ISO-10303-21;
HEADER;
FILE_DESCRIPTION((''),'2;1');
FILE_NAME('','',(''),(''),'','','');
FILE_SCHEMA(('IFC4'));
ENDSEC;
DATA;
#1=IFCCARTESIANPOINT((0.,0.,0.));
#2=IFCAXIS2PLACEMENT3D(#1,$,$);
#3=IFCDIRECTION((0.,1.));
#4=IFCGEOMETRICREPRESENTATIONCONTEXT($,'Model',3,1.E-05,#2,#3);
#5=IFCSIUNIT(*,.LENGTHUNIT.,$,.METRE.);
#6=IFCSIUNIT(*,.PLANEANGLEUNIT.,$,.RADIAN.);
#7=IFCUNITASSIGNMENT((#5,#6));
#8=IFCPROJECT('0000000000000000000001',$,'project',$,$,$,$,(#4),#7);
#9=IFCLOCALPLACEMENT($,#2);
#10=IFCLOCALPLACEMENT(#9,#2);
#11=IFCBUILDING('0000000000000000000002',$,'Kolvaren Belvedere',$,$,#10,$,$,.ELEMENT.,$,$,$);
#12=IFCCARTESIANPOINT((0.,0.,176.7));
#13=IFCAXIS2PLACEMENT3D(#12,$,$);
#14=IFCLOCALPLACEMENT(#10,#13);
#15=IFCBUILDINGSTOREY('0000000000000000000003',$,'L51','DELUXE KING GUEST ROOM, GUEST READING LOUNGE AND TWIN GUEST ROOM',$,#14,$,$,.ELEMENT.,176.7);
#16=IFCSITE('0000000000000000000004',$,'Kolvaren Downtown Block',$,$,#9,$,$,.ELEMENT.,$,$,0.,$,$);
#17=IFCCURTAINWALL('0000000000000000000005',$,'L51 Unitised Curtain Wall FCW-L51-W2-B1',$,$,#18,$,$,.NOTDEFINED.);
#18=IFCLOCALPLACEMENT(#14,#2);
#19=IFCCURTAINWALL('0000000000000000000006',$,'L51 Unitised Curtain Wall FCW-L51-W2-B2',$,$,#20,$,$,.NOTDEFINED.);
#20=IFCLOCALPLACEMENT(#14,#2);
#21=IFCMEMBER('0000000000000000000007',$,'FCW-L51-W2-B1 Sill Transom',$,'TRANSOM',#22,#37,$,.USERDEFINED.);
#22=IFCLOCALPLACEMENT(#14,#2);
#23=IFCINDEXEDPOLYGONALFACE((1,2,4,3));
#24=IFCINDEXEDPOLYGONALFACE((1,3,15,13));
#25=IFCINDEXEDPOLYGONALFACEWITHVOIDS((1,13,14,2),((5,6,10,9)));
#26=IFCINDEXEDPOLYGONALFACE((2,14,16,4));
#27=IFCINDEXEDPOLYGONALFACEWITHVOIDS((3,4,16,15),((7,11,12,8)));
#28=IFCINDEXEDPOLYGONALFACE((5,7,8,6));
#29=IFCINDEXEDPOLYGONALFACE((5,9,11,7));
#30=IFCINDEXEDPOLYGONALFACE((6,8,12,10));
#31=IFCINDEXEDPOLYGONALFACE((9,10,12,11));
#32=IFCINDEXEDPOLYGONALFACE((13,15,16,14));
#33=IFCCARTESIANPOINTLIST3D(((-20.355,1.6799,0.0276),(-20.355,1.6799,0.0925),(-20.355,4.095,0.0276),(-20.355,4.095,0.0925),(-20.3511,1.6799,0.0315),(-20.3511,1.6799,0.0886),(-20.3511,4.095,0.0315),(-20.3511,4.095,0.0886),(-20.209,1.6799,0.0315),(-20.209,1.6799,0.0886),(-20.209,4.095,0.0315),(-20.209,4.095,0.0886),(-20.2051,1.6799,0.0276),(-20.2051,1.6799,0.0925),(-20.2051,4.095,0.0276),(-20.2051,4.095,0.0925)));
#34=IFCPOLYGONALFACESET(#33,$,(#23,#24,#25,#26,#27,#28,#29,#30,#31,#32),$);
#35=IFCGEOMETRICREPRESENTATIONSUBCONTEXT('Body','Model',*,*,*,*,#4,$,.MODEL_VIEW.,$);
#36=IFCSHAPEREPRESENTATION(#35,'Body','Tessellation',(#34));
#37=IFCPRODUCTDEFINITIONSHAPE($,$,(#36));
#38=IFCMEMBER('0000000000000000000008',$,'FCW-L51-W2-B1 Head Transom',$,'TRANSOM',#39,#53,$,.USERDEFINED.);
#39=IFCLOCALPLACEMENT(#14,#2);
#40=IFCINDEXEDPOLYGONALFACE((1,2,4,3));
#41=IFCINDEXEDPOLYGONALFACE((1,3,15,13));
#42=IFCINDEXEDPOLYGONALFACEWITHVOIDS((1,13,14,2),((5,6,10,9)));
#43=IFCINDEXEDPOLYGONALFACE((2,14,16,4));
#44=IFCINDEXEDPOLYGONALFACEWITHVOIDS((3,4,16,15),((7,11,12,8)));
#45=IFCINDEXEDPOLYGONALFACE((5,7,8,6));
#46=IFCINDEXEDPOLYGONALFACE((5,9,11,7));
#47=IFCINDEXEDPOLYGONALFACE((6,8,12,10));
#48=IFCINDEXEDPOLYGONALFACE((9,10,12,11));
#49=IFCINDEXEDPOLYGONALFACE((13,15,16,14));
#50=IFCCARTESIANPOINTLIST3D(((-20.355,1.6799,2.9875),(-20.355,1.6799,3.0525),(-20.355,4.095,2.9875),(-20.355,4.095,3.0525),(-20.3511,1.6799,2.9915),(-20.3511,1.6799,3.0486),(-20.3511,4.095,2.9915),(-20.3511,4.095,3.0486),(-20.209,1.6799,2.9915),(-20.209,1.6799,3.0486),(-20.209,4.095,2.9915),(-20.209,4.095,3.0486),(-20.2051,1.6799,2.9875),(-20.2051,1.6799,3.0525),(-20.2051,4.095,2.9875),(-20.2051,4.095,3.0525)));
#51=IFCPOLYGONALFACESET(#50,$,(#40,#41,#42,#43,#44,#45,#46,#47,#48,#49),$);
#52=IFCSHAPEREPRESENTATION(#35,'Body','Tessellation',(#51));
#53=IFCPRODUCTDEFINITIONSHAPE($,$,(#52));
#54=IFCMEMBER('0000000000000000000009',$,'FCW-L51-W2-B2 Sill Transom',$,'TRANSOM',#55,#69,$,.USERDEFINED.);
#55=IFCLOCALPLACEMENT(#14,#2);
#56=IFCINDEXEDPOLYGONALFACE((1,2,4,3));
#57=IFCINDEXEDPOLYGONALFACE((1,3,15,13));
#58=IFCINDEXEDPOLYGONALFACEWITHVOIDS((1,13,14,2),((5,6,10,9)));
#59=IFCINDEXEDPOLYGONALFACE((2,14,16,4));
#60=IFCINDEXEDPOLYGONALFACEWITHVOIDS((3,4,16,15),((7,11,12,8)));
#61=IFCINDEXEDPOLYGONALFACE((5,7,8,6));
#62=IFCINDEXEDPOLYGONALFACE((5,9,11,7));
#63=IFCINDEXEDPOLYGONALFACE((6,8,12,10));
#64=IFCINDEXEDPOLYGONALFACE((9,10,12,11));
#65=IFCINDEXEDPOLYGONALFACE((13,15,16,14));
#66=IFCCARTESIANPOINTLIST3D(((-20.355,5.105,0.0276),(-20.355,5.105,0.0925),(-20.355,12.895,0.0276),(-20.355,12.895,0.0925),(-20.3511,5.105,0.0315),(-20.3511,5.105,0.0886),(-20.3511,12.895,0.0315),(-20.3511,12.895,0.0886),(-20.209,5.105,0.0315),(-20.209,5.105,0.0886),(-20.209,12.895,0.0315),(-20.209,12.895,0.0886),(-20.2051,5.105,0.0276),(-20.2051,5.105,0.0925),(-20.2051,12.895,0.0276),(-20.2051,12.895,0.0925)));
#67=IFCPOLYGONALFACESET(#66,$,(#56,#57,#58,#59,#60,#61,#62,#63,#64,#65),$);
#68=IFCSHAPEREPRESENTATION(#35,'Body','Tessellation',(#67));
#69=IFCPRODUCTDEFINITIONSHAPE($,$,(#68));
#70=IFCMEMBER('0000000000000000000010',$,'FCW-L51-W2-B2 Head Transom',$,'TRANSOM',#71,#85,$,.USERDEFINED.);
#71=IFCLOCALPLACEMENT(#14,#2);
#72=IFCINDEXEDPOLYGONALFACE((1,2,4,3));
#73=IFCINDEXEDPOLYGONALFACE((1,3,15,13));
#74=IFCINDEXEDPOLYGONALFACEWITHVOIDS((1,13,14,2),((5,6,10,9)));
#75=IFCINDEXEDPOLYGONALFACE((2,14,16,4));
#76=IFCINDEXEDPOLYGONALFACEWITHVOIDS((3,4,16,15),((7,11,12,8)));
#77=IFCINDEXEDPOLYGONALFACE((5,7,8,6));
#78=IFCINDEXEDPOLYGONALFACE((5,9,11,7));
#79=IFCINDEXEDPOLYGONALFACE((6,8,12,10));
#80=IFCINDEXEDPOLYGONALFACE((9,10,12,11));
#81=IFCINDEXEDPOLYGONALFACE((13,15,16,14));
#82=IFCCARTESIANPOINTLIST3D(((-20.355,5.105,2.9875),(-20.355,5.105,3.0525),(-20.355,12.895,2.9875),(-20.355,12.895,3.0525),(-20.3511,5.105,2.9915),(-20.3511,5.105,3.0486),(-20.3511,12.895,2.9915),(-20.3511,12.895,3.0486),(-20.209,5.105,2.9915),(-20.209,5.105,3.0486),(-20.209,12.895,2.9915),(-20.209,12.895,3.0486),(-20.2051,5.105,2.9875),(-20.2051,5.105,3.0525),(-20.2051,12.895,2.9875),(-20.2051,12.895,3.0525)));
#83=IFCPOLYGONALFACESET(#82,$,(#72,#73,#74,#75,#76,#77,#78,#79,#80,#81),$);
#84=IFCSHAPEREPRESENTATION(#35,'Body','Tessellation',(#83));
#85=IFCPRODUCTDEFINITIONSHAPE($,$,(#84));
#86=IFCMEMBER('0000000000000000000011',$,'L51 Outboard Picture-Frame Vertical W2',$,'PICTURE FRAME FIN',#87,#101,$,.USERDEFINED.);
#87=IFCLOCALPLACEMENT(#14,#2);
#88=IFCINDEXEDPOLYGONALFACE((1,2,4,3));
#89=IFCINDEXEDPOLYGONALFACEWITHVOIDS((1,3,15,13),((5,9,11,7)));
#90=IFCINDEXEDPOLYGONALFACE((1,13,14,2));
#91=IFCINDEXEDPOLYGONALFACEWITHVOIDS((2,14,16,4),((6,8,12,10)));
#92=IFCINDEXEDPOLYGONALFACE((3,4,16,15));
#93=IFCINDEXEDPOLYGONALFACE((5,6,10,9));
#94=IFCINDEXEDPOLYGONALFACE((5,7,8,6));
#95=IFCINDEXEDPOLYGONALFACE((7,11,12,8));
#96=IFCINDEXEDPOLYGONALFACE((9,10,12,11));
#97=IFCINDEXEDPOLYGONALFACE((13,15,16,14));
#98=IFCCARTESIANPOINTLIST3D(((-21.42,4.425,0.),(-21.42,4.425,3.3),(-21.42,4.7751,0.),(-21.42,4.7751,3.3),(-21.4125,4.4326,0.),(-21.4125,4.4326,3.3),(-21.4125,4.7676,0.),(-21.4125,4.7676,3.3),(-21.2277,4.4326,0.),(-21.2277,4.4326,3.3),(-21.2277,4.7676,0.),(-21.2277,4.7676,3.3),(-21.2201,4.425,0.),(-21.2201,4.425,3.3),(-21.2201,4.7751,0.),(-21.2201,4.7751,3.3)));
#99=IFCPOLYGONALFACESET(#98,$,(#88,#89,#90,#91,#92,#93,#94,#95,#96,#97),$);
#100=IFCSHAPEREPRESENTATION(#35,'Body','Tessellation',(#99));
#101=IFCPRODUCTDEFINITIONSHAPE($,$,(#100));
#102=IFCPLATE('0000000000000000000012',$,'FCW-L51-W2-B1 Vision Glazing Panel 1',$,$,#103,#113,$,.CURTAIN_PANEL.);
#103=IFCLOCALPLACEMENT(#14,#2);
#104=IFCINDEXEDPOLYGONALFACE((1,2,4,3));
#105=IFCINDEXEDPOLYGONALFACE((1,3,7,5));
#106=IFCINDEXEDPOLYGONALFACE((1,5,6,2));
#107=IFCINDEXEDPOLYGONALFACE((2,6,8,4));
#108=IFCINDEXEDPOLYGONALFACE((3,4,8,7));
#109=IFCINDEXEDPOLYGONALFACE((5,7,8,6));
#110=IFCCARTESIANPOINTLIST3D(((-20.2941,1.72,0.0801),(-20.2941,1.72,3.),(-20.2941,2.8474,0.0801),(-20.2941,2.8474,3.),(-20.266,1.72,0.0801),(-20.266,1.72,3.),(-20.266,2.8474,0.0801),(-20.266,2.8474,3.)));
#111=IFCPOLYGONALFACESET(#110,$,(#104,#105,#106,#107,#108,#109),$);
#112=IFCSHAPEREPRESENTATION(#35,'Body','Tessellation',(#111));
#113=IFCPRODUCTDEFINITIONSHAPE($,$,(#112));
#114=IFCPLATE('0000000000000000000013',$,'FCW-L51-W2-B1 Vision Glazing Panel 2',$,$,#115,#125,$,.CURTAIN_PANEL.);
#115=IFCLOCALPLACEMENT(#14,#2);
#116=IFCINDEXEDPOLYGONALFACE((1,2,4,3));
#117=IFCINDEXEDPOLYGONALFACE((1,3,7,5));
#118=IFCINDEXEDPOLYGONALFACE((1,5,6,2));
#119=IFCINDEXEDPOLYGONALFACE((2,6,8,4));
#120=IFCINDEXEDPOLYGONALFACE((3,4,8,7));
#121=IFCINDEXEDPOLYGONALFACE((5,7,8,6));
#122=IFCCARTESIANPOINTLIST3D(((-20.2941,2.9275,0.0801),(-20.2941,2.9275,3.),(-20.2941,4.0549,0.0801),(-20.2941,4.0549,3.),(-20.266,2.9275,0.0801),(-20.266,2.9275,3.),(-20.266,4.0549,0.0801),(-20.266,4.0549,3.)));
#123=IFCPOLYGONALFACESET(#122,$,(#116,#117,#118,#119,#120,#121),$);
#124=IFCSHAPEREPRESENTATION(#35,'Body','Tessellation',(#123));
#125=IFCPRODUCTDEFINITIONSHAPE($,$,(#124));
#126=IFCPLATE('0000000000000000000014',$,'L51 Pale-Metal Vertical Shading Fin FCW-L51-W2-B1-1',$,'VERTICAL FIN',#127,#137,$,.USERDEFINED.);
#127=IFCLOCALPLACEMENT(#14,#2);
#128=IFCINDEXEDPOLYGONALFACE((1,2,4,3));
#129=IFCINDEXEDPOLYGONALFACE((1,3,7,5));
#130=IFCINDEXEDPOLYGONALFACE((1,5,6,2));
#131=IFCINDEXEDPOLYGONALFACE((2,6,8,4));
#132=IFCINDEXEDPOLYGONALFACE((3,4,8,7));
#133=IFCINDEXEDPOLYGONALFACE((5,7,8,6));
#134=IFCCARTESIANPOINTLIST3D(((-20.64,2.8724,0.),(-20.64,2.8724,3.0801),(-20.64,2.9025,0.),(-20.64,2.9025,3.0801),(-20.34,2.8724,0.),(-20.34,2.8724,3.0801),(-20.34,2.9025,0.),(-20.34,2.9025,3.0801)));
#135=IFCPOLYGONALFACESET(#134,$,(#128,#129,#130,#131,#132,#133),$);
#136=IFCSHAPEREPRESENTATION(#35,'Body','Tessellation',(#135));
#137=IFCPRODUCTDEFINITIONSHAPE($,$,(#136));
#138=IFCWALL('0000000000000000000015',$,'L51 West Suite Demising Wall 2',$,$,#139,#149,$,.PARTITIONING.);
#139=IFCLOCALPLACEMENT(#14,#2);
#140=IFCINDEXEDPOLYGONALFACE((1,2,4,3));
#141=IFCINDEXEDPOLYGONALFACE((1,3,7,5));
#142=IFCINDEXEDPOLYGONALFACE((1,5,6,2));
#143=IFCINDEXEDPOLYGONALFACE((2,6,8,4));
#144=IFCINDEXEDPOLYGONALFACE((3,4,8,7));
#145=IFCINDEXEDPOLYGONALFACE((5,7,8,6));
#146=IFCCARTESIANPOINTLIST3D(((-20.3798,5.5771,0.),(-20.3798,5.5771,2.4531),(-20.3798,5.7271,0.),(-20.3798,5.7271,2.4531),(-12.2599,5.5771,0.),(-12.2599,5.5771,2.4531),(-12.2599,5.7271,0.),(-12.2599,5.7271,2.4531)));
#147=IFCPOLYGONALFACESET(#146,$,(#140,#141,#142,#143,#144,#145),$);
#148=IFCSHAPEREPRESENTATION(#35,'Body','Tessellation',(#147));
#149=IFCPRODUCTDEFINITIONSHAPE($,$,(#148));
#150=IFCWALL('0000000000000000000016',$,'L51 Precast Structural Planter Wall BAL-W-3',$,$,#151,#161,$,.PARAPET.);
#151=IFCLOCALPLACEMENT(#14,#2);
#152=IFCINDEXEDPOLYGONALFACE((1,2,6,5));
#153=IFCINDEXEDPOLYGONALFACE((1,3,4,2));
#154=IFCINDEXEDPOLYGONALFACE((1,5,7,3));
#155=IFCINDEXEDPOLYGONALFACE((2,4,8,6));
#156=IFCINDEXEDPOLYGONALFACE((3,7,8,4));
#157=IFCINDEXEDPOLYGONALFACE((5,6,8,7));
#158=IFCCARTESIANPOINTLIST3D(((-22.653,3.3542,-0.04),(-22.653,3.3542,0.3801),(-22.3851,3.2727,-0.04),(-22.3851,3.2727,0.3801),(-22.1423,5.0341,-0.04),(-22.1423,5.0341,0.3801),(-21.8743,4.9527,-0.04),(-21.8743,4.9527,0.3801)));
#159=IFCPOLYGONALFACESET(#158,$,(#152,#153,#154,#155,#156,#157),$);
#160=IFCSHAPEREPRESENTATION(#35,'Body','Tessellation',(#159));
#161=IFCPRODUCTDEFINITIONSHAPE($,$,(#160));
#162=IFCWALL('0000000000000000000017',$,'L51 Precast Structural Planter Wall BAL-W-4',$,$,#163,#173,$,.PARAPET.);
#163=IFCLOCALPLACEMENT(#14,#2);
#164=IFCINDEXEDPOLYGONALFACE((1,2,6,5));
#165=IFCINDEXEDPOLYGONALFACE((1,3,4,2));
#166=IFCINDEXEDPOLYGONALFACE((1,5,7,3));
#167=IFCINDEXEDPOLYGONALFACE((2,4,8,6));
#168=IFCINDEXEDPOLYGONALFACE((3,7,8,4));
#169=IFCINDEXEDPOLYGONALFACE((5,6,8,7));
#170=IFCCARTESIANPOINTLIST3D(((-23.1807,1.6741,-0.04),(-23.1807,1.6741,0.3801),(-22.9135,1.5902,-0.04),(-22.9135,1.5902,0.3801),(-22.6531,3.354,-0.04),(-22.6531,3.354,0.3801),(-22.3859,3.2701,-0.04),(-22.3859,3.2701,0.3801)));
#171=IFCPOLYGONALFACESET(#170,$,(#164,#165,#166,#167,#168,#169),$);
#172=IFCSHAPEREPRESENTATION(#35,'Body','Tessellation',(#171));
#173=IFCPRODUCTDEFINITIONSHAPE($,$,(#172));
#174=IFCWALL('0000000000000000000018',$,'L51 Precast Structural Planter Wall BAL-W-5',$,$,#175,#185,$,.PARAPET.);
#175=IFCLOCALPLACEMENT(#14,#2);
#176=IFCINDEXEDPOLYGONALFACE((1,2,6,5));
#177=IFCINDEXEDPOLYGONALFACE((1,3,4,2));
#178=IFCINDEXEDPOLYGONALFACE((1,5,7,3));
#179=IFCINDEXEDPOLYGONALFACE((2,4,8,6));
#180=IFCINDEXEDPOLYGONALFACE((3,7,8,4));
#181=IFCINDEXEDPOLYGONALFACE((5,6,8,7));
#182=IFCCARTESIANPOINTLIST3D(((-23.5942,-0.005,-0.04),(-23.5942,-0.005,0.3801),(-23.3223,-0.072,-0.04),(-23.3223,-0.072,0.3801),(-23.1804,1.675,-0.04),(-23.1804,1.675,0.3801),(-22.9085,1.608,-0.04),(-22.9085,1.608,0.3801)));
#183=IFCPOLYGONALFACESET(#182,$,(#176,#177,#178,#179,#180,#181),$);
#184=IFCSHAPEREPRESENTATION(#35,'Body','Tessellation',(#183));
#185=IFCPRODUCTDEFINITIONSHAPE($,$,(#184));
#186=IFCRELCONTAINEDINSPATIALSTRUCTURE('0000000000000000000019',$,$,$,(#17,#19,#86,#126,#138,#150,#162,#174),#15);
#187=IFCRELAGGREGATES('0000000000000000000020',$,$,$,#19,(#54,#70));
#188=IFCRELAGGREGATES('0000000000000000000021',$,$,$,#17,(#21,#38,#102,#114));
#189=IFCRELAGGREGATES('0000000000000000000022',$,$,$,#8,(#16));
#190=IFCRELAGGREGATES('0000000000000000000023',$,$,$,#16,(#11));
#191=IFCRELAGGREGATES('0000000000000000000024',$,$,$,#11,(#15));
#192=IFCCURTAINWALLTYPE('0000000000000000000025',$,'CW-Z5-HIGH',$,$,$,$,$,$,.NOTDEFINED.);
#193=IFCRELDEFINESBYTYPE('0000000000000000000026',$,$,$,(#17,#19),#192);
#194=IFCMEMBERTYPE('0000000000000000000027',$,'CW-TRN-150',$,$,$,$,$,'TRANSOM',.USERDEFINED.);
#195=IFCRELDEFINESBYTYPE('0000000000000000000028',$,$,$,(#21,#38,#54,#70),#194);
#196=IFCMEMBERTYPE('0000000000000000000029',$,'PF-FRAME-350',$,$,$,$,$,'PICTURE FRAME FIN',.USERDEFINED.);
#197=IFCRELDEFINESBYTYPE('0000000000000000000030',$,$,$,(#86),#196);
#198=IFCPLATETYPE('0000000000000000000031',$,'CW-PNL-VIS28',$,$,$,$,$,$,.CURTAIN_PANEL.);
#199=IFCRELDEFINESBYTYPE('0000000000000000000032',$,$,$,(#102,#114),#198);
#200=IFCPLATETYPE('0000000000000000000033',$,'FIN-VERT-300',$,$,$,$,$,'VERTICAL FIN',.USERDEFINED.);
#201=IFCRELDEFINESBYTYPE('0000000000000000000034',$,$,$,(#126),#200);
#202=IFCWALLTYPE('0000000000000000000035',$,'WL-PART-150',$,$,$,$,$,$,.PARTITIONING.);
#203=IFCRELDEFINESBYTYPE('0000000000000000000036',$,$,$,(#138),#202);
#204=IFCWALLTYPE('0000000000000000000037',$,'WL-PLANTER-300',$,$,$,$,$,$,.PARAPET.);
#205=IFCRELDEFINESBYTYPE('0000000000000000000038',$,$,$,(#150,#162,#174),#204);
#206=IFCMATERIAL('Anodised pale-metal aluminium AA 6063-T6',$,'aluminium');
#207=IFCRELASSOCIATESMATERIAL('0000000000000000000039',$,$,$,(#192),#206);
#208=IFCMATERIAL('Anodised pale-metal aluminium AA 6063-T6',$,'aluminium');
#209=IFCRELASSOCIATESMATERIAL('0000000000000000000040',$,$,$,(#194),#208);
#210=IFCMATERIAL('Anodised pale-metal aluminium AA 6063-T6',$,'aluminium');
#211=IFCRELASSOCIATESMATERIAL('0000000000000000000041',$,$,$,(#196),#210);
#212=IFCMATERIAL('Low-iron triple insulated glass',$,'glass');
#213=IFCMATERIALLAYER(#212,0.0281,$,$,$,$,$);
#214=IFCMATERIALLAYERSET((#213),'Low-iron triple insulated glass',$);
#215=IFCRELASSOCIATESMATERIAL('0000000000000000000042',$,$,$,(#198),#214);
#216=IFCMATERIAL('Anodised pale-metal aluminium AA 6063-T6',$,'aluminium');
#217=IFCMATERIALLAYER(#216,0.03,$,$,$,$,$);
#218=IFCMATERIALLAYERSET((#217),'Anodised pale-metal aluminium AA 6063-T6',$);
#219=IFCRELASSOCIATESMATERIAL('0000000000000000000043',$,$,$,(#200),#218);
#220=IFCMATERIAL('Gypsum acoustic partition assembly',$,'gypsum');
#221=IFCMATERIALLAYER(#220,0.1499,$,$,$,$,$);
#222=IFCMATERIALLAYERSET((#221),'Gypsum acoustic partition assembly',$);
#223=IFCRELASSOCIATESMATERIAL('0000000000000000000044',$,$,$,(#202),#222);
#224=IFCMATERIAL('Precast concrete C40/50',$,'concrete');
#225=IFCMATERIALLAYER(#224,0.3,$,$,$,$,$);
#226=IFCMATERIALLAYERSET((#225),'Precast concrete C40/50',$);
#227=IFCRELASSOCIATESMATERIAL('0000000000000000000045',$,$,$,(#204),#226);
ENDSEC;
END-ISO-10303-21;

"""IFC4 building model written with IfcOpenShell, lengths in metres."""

from ifc_helpers import new_model, si_unit, direction, frame, frame_2d, origin, origin_2d, place, context, subcontext, project, spatial, rectangle, hollow_rectangle, extrude, material, layer, layer_set, material_profile, profile_set, type_object, element, aggregate, save


model = new_model("IFC4")

# Units and contexts
model_context = context("Model", 3, precision=1e-05, world=origin(), true_north=direction((0.0, 1.0)))
body_context = subcontext(model_context, "Body", "Model", "MODEL_VIEW")
ifc_project = project(units=[si_unit("LENGTHUNIT", "METRE"), si_unit("PLANEANGLEUNIT", "RADIAN")], contexts=[model_context])

# Site, building, storey
site_placement = place(None, origin())
site = spatial("IfcSite", under=ifc_project, at=site_placement, Name="Kolvaren Downtown Block", CompositionType="ELEMENT", RefElevation=0.0)
building_placement = place(site_placement, origin())
building = spatial("IfcBuilding", under=site, at=building_placement, Name="Kolvaren Belvedere", CompositionType="ELEMENT")
storey_placement = place(building_placement, frame((0.0, 0.0, 176.7)))
storey = spatial("IfcBuildingStorey", under=building, at=storey_placement, Name="L51", Description="DELUXE KING GUEST ROOM, GUEST READING LOUNGE AND TWIN GUEST ROOM", CompositionType="ELEMENT", Elevation=176.7)

# Curtain wall
ifc_material_1 = material(Name="Anodised pale-metal aluminium AA 6063-T6", Category="aluminium")
curtain_wall_type = type_object("IfcCurtainWallType", Name="CW-Z5-HIGH", PredefinedType="NOTDEFINED", material=ifc_material_1)
curtain_wall_1_placement = place(storey_placement, origin())
curtain_wall_1 = element("IfcCurtainWall", 1, at=curtain_wall_1_placement, inside=storey, type_object=curtain_wall_type, Name="L51 Unitised Curtain Wall FCW-L51-W2-B1", PredefinedType="NOTDEFINED")

# Curtain wall
curtain_wall_2_placement = place(storey_placement, origin())
curtain_wall_2 = element("IfcCurtainWall", 2, at=curtain_wall_2_placement, inside=storey, type_object=curtain_wall_type, Name="L51 Unitised Curtain Wall FCW-L51-W2-B2", PredefinedType="NOTDEFINED")

# Members
ifc_material_2 = material(Name="Anodised pale-metal aluminium AA 6063-T6", Category="aluminium")
ifc_material_profile_1 = material_profile(ifc_material_2, hollow_rectangle(XDim=0.0649, YDim=0.1499, WallThickness=0.0039, at=origin_2d()), Name="ALU-TRN-150X65")
ifc_profile_set_1 = profile_set([ifc_material_profile_1], Name="Anodised pale-metal aluminium AA 6063-T6")
member_type_1 = type_object("IfcMemberType", Name="CW-TRN-150", ElementType="TRANSOM", PredefinedType="USERDEFINED", material=ifc_profile_set_1)
member_1_placement = place(storey_placement, frame((-20.28, 1.6799, 0.0601), z_axis=(0.0, 1.0, 0.0), x_axis=(0.0, 0.0, 1.0)))
member_1 = element("IfcMember", 3, at=member_1_placement, type_object=member_type_1, Name="FCW-L51-W2-B1 Sill Transom", ObjectType="TRANSOM", PredefinedType="USERDEFINED", context=body_context, shape_type="SweptSolid", body=[
    extrude(hollow_rectangle(XDim=0.0649, YDim=0.1499, WallThickness=0.0039, at=origin_2d()), origin(), (0.0, 0.0, 1.0), 2.415),
])
member_2_placement = place(storey_placement, frame((-20.28, 1.6799, 3.02), z_axis=(0.0, 1.0, 0.0), x_axis=(0.0, 0.0, 1.0)))
member_2 = element("IfcMember", 4, at=member_2_placement, type_object=member_type_1, Name="FCW-L51-W2-B1 Head Transom", ObjectType="TRANSOM", PredefinedType="USERDEFINED", context=body_context, shape_type="SweptSolid", body=[
    extrude(hollow_rectangle(XDim=0.0649, YDim=0.1499, WallThickness=0.0039, at=origin_2d()), origin(), (0.0, 0.0, 1.0), 2.415),
])
member_3_placement = place(storey_placement, frame((-20.28, 5.105, 0.0601), z_axis=(0.0, 1.0, 0.0), x_axis=(0.0, 0.0, 1.0)))
member_3 = element("IfcMember", 5, at=member_3_placement, type_object=member_type_1, Name="FCW-L51-W2-B2 Sill Transom", ObjectType="TRANSOM", PredefinedType="USERDEFINED", context=body_context, shape_type="SweptSolid", body=[
    extrude(hollow_rectangle(XDim=0.0649, YDim=0.1499, WallThickness=0.0039, at=origin_2d()), origin(), (0.0, 0.0, 1.0), 7.79),
])
member_4_placement = place(storey_placement, frame((-20.28, 5.105, 3.02), z_axis=(0.0, 1.0, 0.0), x_axis=(0.0, 0.0, 1.0)))
member_4 = element("IfcMember", 6, at=member_4_placement, type_object=member_type_1, Name="FCW-L51-W2-B2 Head Transom", ObjectType="TRANSOM", PredefinedType="USERDEFINED", context=body_context, shape_type="SweptSolid", body=[
    extrude(hollow_rectangle(XDim=0.0649, YDim=0.1499, WallThickness=0.0039, at=origin_2d()), origin(), (0.0, 0.0, 1.0), 7.79),
])
aggregate(curtain_wall_2, [member_3, member_4])
ifc_material_3 = material(Name="Anodised pale-metal aluminium AA 6063-T6", Category="aluminium")
ifc_material_profile_2 = material_profile(ifc_material_3, hollow_rectangle(XDim=0.2, YDim=0.3501, WallThickness=0.0076, at=origin_2d()), Name="ALU-PF-350X200")
ifc_profile_set_2 = profile_set([ifc_material_profile_2], Name="Anodised pale-metal aluminium AA 6063-T6")
member_type_2 = type_object("IfcMemberType", Name="PF-FRAME-350", ElementType="PICTURE FRAME FIN", PredefinedType="USERDEFINED", material=ifc_profile_set_2)
member_5_placement = place(storey_placement, frame((-21.3201, 4.6001, 0.0), z_axis=(0.0, 0.0, 1.0), x_axis=(1.0, 0.0, 0.0)))
element("IfcMember", 7, at=member_5_placement, inside=storey, type_object=member_type_2, Name="L51 Outboard Picture-Frame Vertical W2", ObjectType="PICTURE FRAME FIN", PredefinedType="USERDEFINED", context=body_context, shape_type="SweptSolid", body=[
    extrude(hollow_rectangle(XDim=0.2, YDim=0.3501, WallThickness=0.0076, at=origin_2d()), origin(), (0.0, 0.0, 1.0), 3.3),
])

# Plates
ifc_material_4 = material(Name="Low-iron triple insulated glass", Category="glass")
ifc_layer_1 = layer(ifc_material_4, 0.0281)
ifc_layer_set_1 = layer_set([ifc_layer_1], Name="Low-iron triple insulated glass")
plate_type_1 = type_object("IfcPlateType", Name="CW-PNL-VIS28", PredefinedType="CURTAIN_PANEL", material=ifc_layer_set_1)
plate_1_placement = place(storey_placement, frame((-20.28, 2.2837, 0.0801), z_axis=(0.0, 0.0, 1.0), x_axis=(0.0, 1.0, 0.0)))
plate_1 = element("IfcPlate", 8, at=plate_1_placement, type_object=plate_type_1, Name="FCW-L51-W2-B1 Vision Glazing Panel 1", PredefinedType="CURTAIN_PANEL", context=body_context, shape_type="SweptSolid", body=[
    extrude(rectangle(XDim=1.1274, YDim=0.0281, at=origin_2d()), origin(), (0.0, 0.0, 1.0), 2.9199),
])
plate_2_placement = place(storey_placement, frame((-20.28, 3.4912, 0.0801), z_axis=(0.0, 0.0, 1.0), x_axis=(0.0, 1.0, 0.0)))
plate_2 = element("IfcPlate", 9, at=plate_2_placement, type_object=plate_type_1, Name="FCW-L51-W2-B1 Vision Glazing Panel 2", PredefinedType="CURTAIN_PANEL", context=body_context, shape_type="SweptSolid", body=[
    extrude(rectangle(XDim=1.1274, YDim=0.0281, at=origin_2d()), origin(), (0.0, 0.0, 1.0), 2.9199),
])
aggregate(curtain_wall_1, [member_1, member_2, plate_1, plate_2])
ifc_material_5 = material(Name="Anodised pale-metal aluminium AA 6063-T6", Category="aluminium")
ifc_layer_2 = layer(ifc_material_5, 0.03)
ifc_layer_set_2 = layer_set([ifc_layer_2], Name="Anodised pale-metal aluminium AA 6063-T6")
plate_type_2 = type_object("IfcPlateType", Name="FIN-VERT-300", ElementType="VERTICAL FIN", PredefinedType="USERDEFINED", material=ifc_layer_set_2)
plate_3_placement = place(storey_placement, frame((-20.49, 2.8875, 0.0), z_axis=(0.0, 0.0, 1.0), x_axis=(1.0, 0.0, 0.0)))
element("IfcPlate", 10, at=plate_3_placement, inside=storey, type_object=plate_type_2, Name="L51 Pale-Metal Vertical Shading Fin FCW-L51-W2-B1-1", ObjectType="VERTICAL FIN", PredefinedType="USERDEFINED", context=body_context, shape_type="SweptSolid", body=[
    extrude(rectangle(XDim=0.3, YDim=0.03, at=origin_2d()), origin(), (0.0, 0.0, 1.0), 3.0801),
])

# Walls
ifc_material_6 = material(Name="Gypsum acoustic partition assembly", Category="gypsum")
ifc_layer_3 = layer(ifc_material_6, 0.1499)
ifc_layer_set_3 = layer_set([ifc_layer_3], Name="Gypsum acoustic partition assembly")
wall_type_1 = type_object("IfcWallType", Name="WL-PART-150", PredefinedType="PARTITIONING", material=ifc_layer_set_3)
wall_1_placement = place(storey_placement, frame((-20.3799, 5.6521, 0.0), z_axis=(0.0, 0.0, 1.0), x_axis=(1.0, 0.0, 0.0)))
element("IfcWall", 11, at=wall_1_placement, inside=storey, type_object=wall_type_1, Name="L51 West Suite Demising Wall 2", PredefinedType="PARTITIONING", context=body_context, shape_type="SweptSolid", body=[
    extrude(rectangle(XDim=8.1199, YDim=0.1499, at=frame_2d((4.0601, 0.0))), origin(), (0.0, 0.0, 1.0), 2.4531),
])
ifc_material_7 = material(Name="Precast concrete C40/50", Category="concrete")
ifc_layer_4 = layer(ifc_material_7, 0.3)
ifc_layer_set_4 = layer_set([ifc_layer_4], Name="Precast concrete C40/50")
wall_type_2 = type_object("IfcWallType", Name="WL-PLANTER-300", PredefinedType="PARAPET", material=ifc_layer_set_4)
wall_2_placement = place(storey_placement, frame((-22.0083, 4.9934, -0.04), z_axis=(0.0, 0.0, 1.0), x_axis=(-0.290879, -0.95676, 0.0)))
element("IfcWall", 12, at=wall_2_placement, inside=storey, type_object=wall_type_2, Name="L51 Precast Structural Planter Wall BAL-W-3", PredefinedType="PARAPET", context=body_context, shape_type="SweptSolid", body=[
    extrude(rectangle(XDim=1.7559, YDim=0.28, at=frame_2d((0.8779, 0.0))), origin(), (0.0, 0.0, 1.0), 0.4202),
])
wall_3_placement = place(storey_placement, frame((-22.5195, 3.312, -0.04), z_axis=(0.0, 0.0, 1.0), x_axis=(-0.299625, -0.954057, 0.0)))
element("IfcWall", 13, at=wall_3_placement, inside=storey, type_object=wall_type_2, Name="L51 Precast Structural Planter Wall BAL-W-4", PredefinedType="PARAPET", context=body_context, shape_type="SweptSolid", body=[
    extrude(rectangle(XDim=1.7607, YDim=0.28, at=frame_2d((0.8804, 0.0))), origin(), (0.0, 0.0, 1.0), 0.4202),
])
wall_4_placement = place(storey_placement, frame((-23.0444, 1.6416, -0.04), z_axis=(0.0, 0.0, 1.0), x_axis=(-0.239181, -0.970975, 0.0)))
element("IfcWall", 14, at=wall_4_placement, inside=storey, type_object=wall_type_2, Name="L51 Precast Structural Planter Wall BAL-W-5", PredefinedType="PARAPET", context=body_context, shape_type="SweptSolid", body=[
    extrude(rectangle(XDim=1.7302, YDim=0.28, at=frame_2d((0.8652, 0.0))), origin(), (0.0, 0.0, 1.0), 0.4202),
])

save(model, "model.ifc")
